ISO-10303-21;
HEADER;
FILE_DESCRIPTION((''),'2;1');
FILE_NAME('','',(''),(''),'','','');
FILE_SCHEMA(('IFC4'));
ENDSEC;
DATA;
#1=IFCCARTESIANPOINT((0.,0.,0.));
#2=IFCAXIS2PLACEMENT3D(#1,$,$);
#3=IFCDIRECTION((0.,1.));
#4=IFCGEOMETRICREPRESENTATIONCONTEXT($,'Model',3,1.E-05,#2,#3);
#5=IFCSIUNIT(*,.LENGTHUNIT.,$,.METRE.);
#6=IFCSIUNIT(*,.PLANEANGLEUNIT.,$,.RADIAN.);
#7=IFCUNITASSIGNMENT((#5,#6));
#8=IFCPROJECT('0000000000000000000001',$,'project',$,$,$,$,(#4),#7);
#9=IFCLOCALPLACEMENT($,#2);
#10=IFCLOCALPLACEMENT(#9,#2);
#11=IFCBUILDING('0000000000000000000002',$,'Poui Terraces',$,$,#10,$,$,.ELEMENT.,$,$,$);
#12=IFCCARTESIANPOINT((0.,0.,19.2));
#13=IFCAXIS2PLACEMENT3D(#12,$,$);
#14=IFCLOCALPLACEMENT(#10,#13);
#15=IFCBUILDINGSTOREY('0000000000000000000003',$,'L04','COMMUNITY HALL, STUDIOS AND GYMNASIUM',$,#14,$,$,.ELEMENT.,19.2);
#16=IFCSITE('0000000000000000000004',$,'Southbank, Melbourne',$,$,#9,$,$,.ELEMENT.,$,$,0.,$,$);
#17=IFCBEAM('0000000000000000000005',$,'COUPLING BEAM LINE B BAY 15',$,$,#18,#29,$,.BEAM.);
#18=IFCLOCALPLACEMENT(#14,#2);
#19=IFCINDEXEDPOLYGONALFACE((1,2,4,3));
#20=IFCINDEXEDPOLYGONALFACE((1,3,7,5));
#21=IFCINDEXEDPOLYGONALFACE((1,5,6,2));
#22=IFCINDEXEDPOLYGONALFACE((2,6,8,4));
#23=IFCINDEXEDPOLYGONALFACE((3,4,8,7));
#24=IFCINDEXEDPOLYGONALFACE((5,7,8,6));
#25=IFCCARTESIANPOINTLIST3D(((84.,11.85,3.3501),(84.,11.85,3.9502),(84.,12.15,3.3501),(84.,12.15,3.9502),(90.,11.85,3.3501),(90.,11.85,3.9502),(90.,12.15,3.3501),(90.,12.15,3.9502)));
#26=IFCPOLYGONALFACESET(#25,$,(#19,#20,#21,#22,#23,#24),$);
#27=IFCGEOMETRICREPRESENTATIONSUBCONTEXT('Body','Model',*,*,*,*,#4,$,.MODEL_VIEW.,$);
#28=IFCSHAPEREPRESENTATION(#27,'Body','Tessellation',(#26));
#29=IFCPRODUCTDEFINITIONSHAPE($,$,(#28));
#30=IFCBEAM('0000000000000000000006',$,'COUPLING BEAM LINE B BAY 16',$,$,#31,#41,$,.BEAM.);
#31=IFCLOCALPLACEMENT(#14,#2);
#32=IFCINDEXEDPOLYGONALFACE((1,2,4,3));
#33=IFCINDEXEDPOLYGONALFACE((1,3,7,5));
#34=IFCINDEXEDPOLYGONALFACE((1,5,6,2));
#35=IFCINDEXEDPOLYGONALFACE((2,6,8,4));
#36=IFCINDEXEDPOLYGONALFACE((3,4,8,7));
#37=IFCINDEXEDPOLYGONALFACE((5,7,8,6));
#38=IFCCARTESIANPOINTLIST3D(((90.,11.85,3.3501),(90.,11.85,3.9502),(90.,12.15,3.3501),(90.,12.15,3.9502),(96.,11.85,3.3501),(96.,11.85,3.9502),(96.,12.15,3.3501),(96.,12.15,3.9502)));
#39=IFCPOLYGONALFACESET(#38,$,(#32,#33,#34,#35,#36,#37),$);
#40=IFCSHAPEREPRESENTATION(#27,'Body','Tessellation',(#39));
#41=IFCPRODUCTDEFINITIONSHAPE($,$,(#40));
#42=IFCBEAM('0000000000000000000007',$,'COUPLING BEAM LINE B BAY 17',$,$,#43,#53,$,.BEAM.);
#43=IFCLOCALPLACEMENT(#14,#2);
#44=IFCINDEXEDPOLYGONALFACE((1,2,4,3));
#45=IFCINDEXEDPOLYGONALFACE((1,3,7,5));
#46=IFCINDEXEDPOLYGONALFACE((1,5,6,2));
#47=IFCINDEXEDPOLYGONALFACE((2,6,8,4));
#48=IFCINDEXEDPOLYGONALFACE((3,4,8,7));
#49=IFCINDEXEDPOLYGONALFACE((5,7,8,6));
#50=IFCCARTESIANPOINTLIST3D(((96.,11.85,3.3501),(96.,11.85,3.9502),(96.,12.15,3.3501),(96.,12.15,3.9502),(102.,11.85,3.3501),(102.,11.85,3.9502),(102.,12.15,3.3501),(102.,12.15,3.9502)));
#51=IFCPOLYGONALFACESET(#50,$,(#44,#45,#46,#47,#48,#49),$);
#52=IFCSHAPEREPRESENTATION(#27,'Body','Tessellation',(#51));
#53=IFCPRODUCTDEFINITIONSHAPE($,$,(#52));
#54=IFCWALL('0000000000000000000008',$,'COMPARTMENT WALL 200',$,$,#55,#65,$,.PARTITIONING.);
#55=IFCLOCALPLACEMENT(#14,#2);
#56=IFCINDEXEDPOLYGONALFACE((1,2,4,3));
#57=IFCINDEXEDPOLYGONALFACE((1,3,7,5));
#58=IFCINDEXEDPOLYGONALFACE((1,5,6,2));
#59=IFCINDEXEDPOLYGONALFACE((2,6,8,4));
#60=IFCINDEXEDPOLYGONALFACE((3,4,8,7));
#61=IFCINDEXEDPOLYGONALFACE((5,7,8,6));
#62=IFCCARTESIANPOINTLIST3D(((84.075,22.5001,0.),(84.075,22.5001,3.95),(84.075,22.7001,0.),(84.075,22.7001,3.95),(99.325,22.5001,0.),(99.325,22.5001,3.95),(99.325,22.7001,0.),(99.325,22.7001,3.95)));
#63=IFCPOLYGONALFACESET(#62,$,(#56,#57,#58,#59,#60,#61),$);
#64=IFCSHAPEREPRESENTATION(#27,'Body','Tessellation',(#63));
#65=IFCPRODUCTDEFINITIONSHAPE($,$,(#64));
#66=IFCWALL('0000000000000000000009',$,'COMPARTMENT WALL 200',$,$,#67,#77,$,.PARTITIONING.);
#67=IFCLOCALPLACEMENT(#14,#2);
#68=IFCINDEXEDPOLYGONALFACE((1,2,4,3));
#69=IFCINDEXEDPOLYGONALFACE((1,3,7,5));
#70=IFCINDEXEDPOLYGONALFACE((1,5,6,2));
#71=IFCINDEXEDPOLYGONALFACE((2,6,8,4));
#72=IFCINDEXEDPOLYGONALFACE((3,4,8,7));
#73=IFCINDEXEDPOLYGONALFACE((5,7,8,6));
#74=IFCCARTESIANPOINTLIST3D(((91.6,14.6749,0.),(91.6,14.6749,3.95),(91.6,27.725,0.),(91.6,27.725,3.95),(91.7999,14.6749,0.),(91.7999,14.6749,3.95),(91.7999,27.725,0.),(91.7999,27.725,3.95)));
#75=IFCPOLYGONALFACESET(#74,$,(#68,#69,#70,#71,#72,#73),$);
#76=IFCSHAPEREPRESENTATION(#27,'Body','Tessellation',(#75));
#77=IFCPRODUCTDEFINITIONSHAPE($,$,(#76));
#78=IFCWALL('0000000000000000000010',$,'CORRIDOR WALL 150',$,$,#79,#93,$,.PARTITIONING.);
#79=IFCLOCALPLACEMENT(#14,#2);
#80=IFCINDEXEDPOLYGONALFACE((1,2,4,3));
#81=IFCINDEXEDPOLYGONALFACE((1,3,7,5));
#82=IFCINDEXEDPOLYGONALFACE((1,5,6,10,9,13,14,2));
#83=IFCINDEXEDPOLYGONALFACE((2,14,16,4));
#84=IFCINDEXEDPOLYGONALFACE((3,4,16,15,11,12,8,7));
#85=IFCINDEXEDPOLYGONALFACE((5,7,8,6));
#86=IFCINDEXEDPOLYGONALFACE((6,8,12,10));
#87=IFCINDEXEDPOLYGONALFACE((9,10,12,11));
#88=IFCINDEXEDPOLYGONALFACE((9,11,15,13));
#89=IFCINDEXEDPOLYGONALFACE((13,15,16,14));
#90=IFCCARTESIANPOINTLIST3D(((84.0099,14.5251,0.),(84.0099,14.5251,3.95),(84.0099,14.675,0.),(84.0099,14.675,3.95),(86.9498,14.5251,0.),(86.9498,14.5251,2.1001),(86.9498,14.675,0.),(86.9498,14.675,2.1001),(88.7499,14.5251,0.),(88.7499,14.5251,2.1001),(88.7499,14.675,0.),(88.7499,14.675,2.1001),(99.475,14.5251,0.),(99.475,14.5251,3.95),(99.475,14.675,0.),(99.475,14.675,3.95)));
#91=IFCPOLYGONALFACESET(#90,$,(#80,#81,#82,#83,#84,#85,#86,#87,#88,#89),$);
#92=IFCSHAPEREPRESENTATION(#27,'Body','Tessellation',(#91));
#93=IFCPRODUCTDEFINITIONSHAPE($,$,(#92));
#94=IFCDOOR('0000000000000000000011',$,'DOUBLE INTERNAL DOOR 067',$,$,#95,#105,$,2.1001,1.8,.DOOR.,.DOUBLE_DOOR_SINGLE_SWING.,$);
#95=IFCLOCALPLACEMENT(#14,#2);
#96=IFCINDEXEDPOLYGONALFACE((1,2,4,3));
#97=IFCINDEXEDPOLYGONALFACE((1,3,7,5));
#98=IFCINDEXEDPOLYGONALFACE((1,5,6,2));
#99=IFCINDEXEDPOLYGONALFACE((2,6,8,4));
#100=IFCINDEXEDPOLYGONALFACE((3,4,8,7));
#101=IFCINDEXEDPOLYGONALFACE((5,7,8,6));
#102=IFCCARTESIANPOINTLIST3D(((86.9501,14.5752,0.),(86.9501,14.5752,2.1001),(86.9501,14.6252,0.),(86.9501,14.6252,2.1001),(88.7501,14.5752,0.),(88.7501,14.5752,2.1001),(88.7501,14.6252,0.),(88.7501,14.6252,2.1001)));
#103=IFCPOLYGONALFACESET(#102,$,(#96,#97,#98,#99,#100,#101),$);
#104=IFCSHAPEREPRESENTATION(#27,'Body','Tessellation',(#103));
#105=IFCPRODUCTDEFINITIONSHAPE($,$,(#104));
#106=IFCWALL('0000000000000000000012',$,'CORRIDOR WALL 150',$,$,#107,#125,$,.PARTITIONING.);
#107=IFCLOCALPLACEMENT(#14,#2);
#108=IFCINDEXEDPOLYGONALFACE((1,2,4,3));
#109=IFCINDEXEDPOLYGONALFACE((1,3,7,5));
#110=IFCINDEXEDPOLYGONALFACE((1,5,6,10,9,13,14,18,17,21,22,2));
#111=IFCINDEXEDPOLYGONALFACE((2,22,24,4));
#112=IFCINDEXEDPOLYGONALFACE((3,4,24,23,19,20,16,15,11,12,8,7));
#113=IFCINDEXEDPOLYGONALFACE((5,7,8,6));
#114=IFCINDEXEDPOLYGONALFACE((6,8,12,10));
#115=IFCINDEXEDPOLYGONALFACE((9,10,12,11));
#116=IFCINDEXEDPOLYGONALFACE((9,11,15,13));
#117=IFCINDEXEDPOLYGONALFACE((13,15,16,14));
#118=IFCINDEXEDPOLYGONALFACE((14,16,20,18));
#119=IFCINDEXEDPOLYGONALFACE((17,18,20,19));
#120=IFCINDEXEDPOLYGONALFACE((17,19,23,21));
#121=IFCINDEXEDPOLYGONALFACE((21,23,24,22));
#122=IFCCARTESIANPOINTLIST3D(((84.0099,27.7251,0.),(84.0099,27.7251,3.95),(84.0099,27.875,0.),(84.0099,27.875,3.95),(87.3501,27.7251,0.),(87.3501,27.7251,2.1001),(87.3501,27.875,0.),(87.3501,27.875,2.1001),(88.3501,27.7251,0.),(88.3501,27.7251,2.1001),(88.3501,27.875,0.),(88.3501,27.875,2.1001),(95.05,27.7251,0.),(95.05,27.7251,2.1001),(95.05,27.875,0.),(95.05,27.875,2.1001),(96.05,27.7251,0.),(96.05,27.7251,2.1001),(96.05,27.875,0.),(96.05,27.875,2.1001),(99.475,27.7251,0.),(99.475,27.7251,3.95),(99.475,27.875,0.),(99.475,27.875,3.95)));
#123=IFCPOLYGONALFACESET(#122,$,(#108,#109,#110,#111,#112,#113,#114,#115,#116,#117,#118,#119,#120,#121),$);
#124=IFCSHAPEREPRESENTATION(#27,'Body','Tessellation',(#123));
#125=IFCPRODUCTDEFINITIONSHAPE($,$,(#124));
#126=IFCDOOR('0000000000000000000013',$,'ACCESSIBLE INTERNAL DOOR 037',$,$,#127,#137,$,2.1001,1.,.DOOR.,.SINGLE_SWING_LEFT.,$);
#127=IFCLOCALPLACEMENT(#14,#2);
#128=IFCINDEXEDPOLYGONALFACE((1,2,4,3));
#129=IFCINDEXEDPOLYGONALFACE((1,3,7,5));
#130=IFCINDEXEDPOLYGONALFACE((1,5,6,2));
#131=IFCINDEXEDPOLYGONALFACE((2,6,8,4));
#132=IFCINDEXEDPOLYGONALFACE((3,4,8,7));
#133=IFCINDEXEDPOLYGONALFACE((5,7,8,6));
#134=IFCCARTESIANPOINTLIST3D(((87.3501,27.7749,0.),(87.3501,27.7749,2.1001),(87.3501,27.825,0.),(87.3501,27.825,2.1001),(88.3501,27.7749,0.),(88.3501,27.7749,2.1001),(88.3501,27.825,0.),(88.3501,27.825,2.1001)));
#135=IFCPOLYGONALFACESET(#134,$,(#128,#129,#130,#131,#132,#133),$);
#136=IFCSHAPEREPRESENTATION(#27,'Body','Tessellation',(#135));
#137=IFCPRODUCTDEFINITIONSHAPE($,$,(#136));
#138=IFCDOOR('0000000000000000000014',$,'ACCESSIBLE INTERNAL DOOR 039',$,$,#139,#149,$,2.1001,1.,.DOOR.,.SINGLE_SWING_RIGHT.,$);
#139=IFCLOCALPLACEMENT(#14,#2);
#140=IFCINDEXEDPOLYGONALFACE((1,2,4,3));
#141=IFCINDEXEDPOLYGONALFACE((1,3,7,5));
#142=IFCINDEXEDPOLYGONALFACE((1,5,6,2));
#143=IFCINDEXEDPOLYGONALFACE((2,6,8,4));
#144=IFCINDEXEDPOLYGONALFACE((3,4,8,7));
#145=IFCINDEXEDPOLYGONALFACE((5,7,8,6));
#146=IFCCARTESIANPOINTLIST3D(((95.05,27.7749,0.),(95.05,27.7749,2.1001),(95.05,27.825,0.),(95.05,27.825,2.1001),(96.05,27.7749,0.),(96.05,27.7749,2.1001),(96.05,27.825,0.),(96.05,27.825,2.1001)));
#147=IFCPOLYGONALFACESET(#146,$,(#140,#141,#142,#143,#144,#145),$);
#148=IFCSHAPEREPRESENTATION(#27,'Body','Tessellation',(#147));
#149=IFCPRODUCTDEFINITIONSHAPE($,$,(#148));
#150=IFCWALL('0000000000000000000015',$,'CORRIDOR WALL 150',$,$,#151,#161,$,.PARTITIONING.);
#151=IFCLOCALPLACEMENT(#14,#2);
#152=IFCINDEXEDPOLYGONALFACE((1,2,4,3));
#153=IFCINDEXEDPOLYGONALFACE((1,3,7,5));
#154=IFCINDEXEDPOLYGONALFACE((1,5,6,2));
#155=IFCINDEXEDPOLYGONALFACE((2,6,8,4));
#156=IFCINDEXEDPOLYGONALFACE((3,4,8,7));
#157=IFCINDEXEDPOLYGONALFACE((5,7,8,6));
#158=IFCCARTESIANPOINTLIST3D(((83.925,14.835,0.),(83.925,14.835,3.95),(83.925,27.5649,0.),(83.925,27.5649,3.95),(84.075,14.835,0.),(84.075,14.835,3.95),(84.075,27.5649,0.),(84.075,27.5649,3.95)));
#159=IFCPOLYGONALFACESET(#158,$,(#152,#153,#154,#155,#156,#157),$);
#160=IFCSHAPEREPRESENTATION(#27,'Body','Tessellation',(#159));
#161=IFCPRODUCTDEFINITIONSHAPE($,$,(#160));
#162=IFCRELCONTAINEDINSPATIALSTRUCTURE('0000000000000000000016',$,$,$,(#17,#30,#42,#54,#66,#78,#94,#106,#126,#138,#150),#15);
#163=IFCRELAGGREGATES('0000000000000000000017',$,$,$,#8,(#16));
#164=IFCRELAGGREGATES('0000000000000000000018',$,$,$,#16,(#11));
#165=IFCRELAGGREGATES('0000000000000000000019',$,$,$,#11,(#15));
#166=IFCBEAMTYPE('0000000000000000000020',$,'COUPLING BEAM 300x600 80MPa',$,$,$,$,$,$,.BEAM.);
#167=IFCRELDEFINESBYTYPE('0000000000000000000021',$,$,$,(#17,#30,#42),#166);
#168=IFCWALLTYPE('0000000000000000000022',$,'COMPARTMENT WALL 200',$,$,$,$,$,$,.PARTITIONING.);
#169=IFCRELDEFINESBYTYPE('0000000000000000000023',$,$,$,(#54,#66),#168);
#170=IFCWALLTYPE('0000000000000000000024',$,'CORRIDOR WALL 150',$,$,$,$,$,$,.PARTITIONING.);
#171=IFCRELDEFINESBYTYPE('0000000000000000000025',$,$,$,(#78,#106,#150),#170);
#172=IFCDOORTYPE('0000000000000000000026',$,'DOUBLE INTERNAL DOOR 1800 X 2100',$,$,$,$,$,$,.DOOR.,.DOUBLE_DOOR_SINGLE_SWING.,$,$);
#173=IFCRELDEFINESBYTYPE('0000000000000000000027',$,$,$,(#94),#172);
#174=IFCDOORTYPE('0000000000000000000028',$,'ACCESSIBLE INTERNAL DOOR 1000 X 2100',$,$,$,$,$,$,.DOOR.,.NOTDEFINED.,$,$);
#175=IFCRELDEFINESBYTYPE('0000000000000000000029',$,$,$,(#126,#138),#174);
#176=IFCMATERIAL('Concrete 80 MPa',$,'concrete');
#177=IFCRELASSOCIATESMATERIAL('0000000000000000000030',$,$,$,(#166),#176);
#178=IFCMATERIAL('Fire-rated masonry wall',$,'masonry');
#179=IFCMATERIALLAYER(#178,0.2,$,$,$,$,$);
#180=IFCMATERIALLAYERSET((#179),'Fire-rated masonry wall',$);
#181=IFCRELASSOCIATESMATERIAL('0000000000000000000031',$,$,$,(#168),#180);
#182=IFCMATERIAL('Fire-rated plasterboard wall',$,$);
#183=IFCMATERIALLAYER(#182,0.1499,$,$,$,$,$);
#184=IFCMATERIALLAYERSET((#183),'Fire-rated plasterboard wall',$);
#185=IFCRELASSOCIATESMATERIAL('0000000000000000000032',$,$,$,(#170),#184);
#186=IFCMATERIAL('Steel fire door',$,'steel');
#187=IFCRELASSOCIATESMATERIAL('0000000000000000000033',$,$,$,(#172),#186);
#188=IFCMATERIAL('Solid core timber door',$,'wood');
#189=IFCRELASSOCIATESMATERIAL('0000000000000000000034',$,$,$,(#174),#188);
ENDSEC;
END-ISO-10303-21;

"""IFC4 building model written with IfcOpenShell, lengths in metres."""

from ifc_helpers import new_model, si_unit, direction, frame, frame_2d, origin, origin_2d, place, context, subcontext, project, spatial, rectangle, extrude, source, transform, mapped, material, layer, layer_set, material_profile, profile_set, type_object, element, fill, save


model = new_model("IFC4")

# Units and contexts
model_context = context("Model", 3, precision=1e-05, world=origin(), true_north=direction((0.0, 1.0)))
body_context = subcontext(model_context, "Body", "Model", "MODEL_VIEW")
ifc_project = project(units=[si_unit("LENGTHUNIT", "METRE"), si_unit("PLANEANGLEUNIT", "RADIAN")], contexts=[model_context])

# Site, building, storey
site_placement = place(None, origin())
site = spatial("IfcSite", under=ifc_project, at=site_placement, Name="Southbank, Melbourne", CompositionType="ELEMENT", RefElevation=0.0)
building_placement = place(site_placement, origin())
building = spatial("IfcBuilding", under=site, at=building_placement, Name="Poui Terraces", CompositionType="ELEMENT")
storey_placement = place(building_placement, frame((0.0, 0.0, 19.2)))
storey = spatial("IfcBuildingStorey", under=building, at=storey_placement, Name="L04", Description="COMMUNITY HALL, STUDIOS AND GYMNASIUM", CompositionType="ELEMENT", Elevation=19.2)

# Beams
ifc_material_1 = material(Name="Concrete 80 MPa", Category="concrete")
ifc_material_profile = material_profile(ifc_material_1, rectangle(XDim=0.3, YDim=0.6001, at=origin_2d()), Name="RC 300x600")
ifc_profile_set = profile_set([ifc_material_profile], Name="Concrete 80 MPa")
beam_type = type_object("IfcBeamType", Name="COUPLING BEAM 300x600 80MPa", PredefinedType="BEAM", material=ifc_profile_set)
shared_shape = source(origin(), body_context, "Body", "SweptSolid", [
    extrude(rectangle(XDim=0.3, YDim=0.6001, at=origin_2d()), origin(), (0.0, 0.0, 1.0), 6.0),
])
for number, where, z_axis, x_axis, name in (
    (1, (84.0, 12.0, 3.6501), (1.0, 0.0, 0.0), (0.0, 1.0, 0.0), "COUPLING BEAM LINE B BAY 15"),
    (2, (90.0, 12.0, 3.6501), (1.0, 0.0, 0.0), (0.0, 1.0, 0.0), "COUPLING BEAM LINE B BAY 16"),
    (3, (96.0, 12.0, 3.6501), (1.0, 0.0, 0.0), (0.0, 1.0, 0.0), "COUPLING BEAM LINE B BAY 17"),
):
    element("IfcBeam", number, at=place(storey_placement, frame(where, z_axis=z_axis, x_axis=x_axis)), inside=storey, type_object=beam_type, Name=name, PredefinedType="BEAM", context=body_context, shape_type="MappedRepresentation", body=[
        mapped(shared_shape, transform((0.0, 0.0, 0.0))),
    ])

# Walls
ifc_material_2 = material(Name="Fire-rated masonry wall", Category="masonry")
ifc_layer_1 = layer(ifc_material_2, 0.2)
ifc_layer_set_1 = layer_set([ifc_layer_1], Name="Fire-rated masonry wall")
wall_type_1 = type_object("IfcWallType", Name="COMPARTMENT WALL 200", PredefinedType="PARTITIONING", material=ifc_layer_set_1)
wall_1_placement = place(storey_placement, frame((84.075, 22.6001, 0.0), z_axis=(0.0, 0.0, 1.0), x_axis=(1.0, 0.0, 0.0)))
element("IfcWall", 4, at=wall_1_placement, inside=storey, type_object=wall_type_1, Name="COMPARTMENT WALL 200", PredefinedType="PARTITIONING", context=body_context, shape_type="SweptSolid", body=[
    extrude(rectangle(XDim=15.25, YDim=0.2, at=frame_2d((7.625, 0.0))), origin(), (0.0, 0.0, 1.0), 3.95),
])
wall_2_placement = place(storey_placement, frame((91.7, 14.675, 0.0), z_axis=(0.0, 0.0, 1.0), x_axis=(0.0, 1.0, 0.0)))
element("IfcWall", 5, at=wall_2_placement, inside=storey, type_object=wall_type_1, Name="COMPARTMENT WALL 200", PredefinedType="PARTITIONING", context=body_context, shape_type="SweptSolid", body=[
    extrude(rectangle(XDim=13.05, YDim=0.2, at=frame_2d((6.5249, 0.0))), origin(), (0.0, 0.0, 1.0), 3.95),
])

# Wall, opening, door
ifc_material_3 = material(Name="Fire-rated plasterboard wall")
ifc_layer_2 = layer(ifc_material_3, 0.1499)
ifc_layer_set_2 = layer_set([ifc_layer_2], Name="Fire-rated plasterboard wall")
wall_type_2 = type_object("IfcWallType", Name="CORRIDOR WALL 150", PredefinedType="PARTITIONING", material=ifc_layer_set_2)
wall_3_placement = place(storey_placement, frame((84.01, 14.6001, 0.0), z_axis=(0.0, 0.0, 1.0), x_axis=(1.0, 0.0, 0.0)))
wall_3 = element("IfcWall", 6, at=wall_3_placement, inside=storey, type_object=wall_type_2, Name="CORRIDOR WALL 150", PredefinedType="PARTITIONING", context=body_context, shape_type="SweptSolid", body=[
    extrude(rectangle(XDim=15.4651, YDim=0.1499, at=frame_2d((7.7324, 0.0))), origin(), (0.0, 0.0, 1.0), 3.95),
])
opening_1_placement = place(wall_3_placement, frame((2.9399, 0.0, 0.0)))
opening_1 = element("IfcOpeningElement", 7, at=opening_1_placement, cuts=wall_3, PredefinedType="OPENING", context=body_context, shape_type="SweptSolid", body=[
    extrude(rectangle(XDim=1.8, YDim=2.1001, at=frame_2d((0.8999, 1.05))), frame((0.0, 0.085, 0.0), z_axis=(0.0, -1.0, 0.0), x_axis=(1.0, 0.0, 0.0)), (0.0, 0.0, 1.0), 0.1699),
])
ifc_material_4 = material(Name="Steel fire door", Category="steel")
door_type_1 = type_object("IfcDoorType", Name="DOUBLE INTERNAL DOOR 1800 X 2100", OperationType="DOUBLE_DOOR_SINGLE_SWING", PredefinedType="DOOR", material=ifc_material_4)
door_1_placement = place(opening_1_placement, frame((1.8, 0.0, 0.0), z_axis=(0.0, 0.0, 1.0), x_axis=(-1.0, 0.0, 0.0)))
door_1 = element("IfcDoor", 8, at=door_1_placement, inside=storey, type_object=door_type_1, Name="DOUBLE INTERNAL DOOR 067", OperationType="DOUBLE_DOOR_SINGLE_SWING", OverallHeight=2.1001, OverallWidth=1.8, PredefinedType="DOOR", context=body_context, shape_type="SweptSolid", body=[
    extrude(rectangle(XDim=1.8, YDim=2.1001, at=frame_2d((0.8999, 1.05))), frame((0.0, 0.0249, 0.0), z_axis=(0.0, -1.0, 0.0), x_axis=(1.0, 0.0, 0.0)), (0.0, 0.0, 1.0), 0.05),
])
fill(opening_1, door_1)

# Wall, openings, doors
wall_4_placement = place(storey_placement, frame((84.01, 27.8, 0.0), z_axis=(0.0, 0.0, 1.0), x_axis=(1.0, 0.0, 0.0)))
wall_4 = element("IfcWall", 9, at=wall_4_placement, inside=storey, type_object=wall_type_2, Name="CORRIDOR WALL 150", PredefinedType="PARTITIONING", context=body_context, shape_type="SweptSolid", body=[
    extrude(rectangle(XDim=15.4651, YDim=0.1499, at=frame_2d((7.7324, 0.0))), origin(), (0.0, 0.0, 1.0), 3.95),
])
opening_2_placement = place(wall_4_placement, frame((3.3401, 0.0, 0.0)))
opening_2 = element("IfcOpeningElement", 10, at=opening_2_placement, cuts=wall_4, PredefinedType="OPENING", context=body_context, shape_type="SweptSolid", body=[
    extrude(rectangle(XDim=1.0, YDim=2.1001, at=frame_2d((0.5, 1.05))), frame((0.0, 0.085, 0.0), z_axis=(0.0, -1.0, 0.0), x_axis=(1.0, 0.0, 0.0)), (0.0, 0.0, 1.0), 0.1699),
])
opening_3_placement = place(wall_4_placement, frame((11.04, 0.0, 0.0)))
opening_3 = element("IfcOpeningElement", 11, at=opening_3_placement, cuts=wall_4, PredefinedType="OPENING", context=body_context, shape_type="SweptSolid", body=[
    extrude(rectangle(XDim=1.0, YDim=2.1001, at=frame_2d((0.5, 1.05))), frame((0.0, 0.085, 0.0), z_axis=(0.0, -1.0, 0.0), x_axis=(1.0, 0.0, 0.0)), (0.0, 0.0, 1.0), 0.1699),
])
ifc_material_5 = material(Name="Solid core timber door", Category="wood")
door_type_2 = type_object("IfcDoorType", Name="ACCESSIBLE INTERNAL DOOR 1000 X 2100", OperationType="NOTDEFINED", PredefinedType="DOOR", material=ifc_material_5)
door_2_placement = place(opening_2_placement, origin())
door_2 = element("IfcDoor", 12, at=door_2_placement, inside=storey, type_object=door_type_2, Name="ACCESSIBLE INTERNAL DOOR 037", OperationType="SINGLE_SWING_LEFT", OverallHeight=2.1001, OverallWidth=1.0, PredefinedType="DOOR", context=body_context, shape_type="SweptSolid", body=[
    extrude(rectangle(XDim=1.0, YDim=2.1001, at=frame_2d((0.5, 1.05))), frame((0.0, 0.0249, 0.0), z_axis=(0.0, -1.0, 0.0), x_axis=(1.0, 0.0, 0.0)), (0.0, 0.0, 1.0), 0.05),
])
fill(opening_2, door_2)
door_3_placement = place(opening_3_placement, origin())
door_3 = element("IfcDoor", 13, at=door_3_placement, inside=storey, type_object=door_type_2, Name="ACCESSIBLE INTERNAL DOOR 039", OperationType="SINGLE_SWING_RIGHT", OverallHeight=2.1001, OverallWidth=1.0, PredefinedType="DOOR", context=body_context, shape_type="SweptSolid", body=[
    extrude(rectangle(XDim=1.0, YDim=2.1001, at=frame_2d((0.5, 1.05))), frame((0.0, 0.0249, 0.0), z_axis=(0.0, -1.0, 0.0), x_axis=(1.0, 0.0, 0.0)), (0.0, 0.0, 1.0), 0.05),
])
fill(opening_3, door_3)

# Wall
wall_5_placement = place(storey_placement, frame((84.0, 14.835, 0.0), z_axis=(0.0, 0.0, 1.0), x_axis=(0.0, 1.0, 0.0)))
element("IfcWall", 14, at=wall_5_placement, inside=storey, type_object=wall_type_2, Name="CORRIDOR WALL 150", PredefinedType="PARTITIONING", context=body_context, shape_type="SweptSolid", body=[
    extrude(rectangle(XDim=12.73, YDim=0.1499, at=frame_2d((6.365, 0.0))), origin(), (0.0, 0.0, 1.0), 3.95),
])

save(model, "model.ifc")
